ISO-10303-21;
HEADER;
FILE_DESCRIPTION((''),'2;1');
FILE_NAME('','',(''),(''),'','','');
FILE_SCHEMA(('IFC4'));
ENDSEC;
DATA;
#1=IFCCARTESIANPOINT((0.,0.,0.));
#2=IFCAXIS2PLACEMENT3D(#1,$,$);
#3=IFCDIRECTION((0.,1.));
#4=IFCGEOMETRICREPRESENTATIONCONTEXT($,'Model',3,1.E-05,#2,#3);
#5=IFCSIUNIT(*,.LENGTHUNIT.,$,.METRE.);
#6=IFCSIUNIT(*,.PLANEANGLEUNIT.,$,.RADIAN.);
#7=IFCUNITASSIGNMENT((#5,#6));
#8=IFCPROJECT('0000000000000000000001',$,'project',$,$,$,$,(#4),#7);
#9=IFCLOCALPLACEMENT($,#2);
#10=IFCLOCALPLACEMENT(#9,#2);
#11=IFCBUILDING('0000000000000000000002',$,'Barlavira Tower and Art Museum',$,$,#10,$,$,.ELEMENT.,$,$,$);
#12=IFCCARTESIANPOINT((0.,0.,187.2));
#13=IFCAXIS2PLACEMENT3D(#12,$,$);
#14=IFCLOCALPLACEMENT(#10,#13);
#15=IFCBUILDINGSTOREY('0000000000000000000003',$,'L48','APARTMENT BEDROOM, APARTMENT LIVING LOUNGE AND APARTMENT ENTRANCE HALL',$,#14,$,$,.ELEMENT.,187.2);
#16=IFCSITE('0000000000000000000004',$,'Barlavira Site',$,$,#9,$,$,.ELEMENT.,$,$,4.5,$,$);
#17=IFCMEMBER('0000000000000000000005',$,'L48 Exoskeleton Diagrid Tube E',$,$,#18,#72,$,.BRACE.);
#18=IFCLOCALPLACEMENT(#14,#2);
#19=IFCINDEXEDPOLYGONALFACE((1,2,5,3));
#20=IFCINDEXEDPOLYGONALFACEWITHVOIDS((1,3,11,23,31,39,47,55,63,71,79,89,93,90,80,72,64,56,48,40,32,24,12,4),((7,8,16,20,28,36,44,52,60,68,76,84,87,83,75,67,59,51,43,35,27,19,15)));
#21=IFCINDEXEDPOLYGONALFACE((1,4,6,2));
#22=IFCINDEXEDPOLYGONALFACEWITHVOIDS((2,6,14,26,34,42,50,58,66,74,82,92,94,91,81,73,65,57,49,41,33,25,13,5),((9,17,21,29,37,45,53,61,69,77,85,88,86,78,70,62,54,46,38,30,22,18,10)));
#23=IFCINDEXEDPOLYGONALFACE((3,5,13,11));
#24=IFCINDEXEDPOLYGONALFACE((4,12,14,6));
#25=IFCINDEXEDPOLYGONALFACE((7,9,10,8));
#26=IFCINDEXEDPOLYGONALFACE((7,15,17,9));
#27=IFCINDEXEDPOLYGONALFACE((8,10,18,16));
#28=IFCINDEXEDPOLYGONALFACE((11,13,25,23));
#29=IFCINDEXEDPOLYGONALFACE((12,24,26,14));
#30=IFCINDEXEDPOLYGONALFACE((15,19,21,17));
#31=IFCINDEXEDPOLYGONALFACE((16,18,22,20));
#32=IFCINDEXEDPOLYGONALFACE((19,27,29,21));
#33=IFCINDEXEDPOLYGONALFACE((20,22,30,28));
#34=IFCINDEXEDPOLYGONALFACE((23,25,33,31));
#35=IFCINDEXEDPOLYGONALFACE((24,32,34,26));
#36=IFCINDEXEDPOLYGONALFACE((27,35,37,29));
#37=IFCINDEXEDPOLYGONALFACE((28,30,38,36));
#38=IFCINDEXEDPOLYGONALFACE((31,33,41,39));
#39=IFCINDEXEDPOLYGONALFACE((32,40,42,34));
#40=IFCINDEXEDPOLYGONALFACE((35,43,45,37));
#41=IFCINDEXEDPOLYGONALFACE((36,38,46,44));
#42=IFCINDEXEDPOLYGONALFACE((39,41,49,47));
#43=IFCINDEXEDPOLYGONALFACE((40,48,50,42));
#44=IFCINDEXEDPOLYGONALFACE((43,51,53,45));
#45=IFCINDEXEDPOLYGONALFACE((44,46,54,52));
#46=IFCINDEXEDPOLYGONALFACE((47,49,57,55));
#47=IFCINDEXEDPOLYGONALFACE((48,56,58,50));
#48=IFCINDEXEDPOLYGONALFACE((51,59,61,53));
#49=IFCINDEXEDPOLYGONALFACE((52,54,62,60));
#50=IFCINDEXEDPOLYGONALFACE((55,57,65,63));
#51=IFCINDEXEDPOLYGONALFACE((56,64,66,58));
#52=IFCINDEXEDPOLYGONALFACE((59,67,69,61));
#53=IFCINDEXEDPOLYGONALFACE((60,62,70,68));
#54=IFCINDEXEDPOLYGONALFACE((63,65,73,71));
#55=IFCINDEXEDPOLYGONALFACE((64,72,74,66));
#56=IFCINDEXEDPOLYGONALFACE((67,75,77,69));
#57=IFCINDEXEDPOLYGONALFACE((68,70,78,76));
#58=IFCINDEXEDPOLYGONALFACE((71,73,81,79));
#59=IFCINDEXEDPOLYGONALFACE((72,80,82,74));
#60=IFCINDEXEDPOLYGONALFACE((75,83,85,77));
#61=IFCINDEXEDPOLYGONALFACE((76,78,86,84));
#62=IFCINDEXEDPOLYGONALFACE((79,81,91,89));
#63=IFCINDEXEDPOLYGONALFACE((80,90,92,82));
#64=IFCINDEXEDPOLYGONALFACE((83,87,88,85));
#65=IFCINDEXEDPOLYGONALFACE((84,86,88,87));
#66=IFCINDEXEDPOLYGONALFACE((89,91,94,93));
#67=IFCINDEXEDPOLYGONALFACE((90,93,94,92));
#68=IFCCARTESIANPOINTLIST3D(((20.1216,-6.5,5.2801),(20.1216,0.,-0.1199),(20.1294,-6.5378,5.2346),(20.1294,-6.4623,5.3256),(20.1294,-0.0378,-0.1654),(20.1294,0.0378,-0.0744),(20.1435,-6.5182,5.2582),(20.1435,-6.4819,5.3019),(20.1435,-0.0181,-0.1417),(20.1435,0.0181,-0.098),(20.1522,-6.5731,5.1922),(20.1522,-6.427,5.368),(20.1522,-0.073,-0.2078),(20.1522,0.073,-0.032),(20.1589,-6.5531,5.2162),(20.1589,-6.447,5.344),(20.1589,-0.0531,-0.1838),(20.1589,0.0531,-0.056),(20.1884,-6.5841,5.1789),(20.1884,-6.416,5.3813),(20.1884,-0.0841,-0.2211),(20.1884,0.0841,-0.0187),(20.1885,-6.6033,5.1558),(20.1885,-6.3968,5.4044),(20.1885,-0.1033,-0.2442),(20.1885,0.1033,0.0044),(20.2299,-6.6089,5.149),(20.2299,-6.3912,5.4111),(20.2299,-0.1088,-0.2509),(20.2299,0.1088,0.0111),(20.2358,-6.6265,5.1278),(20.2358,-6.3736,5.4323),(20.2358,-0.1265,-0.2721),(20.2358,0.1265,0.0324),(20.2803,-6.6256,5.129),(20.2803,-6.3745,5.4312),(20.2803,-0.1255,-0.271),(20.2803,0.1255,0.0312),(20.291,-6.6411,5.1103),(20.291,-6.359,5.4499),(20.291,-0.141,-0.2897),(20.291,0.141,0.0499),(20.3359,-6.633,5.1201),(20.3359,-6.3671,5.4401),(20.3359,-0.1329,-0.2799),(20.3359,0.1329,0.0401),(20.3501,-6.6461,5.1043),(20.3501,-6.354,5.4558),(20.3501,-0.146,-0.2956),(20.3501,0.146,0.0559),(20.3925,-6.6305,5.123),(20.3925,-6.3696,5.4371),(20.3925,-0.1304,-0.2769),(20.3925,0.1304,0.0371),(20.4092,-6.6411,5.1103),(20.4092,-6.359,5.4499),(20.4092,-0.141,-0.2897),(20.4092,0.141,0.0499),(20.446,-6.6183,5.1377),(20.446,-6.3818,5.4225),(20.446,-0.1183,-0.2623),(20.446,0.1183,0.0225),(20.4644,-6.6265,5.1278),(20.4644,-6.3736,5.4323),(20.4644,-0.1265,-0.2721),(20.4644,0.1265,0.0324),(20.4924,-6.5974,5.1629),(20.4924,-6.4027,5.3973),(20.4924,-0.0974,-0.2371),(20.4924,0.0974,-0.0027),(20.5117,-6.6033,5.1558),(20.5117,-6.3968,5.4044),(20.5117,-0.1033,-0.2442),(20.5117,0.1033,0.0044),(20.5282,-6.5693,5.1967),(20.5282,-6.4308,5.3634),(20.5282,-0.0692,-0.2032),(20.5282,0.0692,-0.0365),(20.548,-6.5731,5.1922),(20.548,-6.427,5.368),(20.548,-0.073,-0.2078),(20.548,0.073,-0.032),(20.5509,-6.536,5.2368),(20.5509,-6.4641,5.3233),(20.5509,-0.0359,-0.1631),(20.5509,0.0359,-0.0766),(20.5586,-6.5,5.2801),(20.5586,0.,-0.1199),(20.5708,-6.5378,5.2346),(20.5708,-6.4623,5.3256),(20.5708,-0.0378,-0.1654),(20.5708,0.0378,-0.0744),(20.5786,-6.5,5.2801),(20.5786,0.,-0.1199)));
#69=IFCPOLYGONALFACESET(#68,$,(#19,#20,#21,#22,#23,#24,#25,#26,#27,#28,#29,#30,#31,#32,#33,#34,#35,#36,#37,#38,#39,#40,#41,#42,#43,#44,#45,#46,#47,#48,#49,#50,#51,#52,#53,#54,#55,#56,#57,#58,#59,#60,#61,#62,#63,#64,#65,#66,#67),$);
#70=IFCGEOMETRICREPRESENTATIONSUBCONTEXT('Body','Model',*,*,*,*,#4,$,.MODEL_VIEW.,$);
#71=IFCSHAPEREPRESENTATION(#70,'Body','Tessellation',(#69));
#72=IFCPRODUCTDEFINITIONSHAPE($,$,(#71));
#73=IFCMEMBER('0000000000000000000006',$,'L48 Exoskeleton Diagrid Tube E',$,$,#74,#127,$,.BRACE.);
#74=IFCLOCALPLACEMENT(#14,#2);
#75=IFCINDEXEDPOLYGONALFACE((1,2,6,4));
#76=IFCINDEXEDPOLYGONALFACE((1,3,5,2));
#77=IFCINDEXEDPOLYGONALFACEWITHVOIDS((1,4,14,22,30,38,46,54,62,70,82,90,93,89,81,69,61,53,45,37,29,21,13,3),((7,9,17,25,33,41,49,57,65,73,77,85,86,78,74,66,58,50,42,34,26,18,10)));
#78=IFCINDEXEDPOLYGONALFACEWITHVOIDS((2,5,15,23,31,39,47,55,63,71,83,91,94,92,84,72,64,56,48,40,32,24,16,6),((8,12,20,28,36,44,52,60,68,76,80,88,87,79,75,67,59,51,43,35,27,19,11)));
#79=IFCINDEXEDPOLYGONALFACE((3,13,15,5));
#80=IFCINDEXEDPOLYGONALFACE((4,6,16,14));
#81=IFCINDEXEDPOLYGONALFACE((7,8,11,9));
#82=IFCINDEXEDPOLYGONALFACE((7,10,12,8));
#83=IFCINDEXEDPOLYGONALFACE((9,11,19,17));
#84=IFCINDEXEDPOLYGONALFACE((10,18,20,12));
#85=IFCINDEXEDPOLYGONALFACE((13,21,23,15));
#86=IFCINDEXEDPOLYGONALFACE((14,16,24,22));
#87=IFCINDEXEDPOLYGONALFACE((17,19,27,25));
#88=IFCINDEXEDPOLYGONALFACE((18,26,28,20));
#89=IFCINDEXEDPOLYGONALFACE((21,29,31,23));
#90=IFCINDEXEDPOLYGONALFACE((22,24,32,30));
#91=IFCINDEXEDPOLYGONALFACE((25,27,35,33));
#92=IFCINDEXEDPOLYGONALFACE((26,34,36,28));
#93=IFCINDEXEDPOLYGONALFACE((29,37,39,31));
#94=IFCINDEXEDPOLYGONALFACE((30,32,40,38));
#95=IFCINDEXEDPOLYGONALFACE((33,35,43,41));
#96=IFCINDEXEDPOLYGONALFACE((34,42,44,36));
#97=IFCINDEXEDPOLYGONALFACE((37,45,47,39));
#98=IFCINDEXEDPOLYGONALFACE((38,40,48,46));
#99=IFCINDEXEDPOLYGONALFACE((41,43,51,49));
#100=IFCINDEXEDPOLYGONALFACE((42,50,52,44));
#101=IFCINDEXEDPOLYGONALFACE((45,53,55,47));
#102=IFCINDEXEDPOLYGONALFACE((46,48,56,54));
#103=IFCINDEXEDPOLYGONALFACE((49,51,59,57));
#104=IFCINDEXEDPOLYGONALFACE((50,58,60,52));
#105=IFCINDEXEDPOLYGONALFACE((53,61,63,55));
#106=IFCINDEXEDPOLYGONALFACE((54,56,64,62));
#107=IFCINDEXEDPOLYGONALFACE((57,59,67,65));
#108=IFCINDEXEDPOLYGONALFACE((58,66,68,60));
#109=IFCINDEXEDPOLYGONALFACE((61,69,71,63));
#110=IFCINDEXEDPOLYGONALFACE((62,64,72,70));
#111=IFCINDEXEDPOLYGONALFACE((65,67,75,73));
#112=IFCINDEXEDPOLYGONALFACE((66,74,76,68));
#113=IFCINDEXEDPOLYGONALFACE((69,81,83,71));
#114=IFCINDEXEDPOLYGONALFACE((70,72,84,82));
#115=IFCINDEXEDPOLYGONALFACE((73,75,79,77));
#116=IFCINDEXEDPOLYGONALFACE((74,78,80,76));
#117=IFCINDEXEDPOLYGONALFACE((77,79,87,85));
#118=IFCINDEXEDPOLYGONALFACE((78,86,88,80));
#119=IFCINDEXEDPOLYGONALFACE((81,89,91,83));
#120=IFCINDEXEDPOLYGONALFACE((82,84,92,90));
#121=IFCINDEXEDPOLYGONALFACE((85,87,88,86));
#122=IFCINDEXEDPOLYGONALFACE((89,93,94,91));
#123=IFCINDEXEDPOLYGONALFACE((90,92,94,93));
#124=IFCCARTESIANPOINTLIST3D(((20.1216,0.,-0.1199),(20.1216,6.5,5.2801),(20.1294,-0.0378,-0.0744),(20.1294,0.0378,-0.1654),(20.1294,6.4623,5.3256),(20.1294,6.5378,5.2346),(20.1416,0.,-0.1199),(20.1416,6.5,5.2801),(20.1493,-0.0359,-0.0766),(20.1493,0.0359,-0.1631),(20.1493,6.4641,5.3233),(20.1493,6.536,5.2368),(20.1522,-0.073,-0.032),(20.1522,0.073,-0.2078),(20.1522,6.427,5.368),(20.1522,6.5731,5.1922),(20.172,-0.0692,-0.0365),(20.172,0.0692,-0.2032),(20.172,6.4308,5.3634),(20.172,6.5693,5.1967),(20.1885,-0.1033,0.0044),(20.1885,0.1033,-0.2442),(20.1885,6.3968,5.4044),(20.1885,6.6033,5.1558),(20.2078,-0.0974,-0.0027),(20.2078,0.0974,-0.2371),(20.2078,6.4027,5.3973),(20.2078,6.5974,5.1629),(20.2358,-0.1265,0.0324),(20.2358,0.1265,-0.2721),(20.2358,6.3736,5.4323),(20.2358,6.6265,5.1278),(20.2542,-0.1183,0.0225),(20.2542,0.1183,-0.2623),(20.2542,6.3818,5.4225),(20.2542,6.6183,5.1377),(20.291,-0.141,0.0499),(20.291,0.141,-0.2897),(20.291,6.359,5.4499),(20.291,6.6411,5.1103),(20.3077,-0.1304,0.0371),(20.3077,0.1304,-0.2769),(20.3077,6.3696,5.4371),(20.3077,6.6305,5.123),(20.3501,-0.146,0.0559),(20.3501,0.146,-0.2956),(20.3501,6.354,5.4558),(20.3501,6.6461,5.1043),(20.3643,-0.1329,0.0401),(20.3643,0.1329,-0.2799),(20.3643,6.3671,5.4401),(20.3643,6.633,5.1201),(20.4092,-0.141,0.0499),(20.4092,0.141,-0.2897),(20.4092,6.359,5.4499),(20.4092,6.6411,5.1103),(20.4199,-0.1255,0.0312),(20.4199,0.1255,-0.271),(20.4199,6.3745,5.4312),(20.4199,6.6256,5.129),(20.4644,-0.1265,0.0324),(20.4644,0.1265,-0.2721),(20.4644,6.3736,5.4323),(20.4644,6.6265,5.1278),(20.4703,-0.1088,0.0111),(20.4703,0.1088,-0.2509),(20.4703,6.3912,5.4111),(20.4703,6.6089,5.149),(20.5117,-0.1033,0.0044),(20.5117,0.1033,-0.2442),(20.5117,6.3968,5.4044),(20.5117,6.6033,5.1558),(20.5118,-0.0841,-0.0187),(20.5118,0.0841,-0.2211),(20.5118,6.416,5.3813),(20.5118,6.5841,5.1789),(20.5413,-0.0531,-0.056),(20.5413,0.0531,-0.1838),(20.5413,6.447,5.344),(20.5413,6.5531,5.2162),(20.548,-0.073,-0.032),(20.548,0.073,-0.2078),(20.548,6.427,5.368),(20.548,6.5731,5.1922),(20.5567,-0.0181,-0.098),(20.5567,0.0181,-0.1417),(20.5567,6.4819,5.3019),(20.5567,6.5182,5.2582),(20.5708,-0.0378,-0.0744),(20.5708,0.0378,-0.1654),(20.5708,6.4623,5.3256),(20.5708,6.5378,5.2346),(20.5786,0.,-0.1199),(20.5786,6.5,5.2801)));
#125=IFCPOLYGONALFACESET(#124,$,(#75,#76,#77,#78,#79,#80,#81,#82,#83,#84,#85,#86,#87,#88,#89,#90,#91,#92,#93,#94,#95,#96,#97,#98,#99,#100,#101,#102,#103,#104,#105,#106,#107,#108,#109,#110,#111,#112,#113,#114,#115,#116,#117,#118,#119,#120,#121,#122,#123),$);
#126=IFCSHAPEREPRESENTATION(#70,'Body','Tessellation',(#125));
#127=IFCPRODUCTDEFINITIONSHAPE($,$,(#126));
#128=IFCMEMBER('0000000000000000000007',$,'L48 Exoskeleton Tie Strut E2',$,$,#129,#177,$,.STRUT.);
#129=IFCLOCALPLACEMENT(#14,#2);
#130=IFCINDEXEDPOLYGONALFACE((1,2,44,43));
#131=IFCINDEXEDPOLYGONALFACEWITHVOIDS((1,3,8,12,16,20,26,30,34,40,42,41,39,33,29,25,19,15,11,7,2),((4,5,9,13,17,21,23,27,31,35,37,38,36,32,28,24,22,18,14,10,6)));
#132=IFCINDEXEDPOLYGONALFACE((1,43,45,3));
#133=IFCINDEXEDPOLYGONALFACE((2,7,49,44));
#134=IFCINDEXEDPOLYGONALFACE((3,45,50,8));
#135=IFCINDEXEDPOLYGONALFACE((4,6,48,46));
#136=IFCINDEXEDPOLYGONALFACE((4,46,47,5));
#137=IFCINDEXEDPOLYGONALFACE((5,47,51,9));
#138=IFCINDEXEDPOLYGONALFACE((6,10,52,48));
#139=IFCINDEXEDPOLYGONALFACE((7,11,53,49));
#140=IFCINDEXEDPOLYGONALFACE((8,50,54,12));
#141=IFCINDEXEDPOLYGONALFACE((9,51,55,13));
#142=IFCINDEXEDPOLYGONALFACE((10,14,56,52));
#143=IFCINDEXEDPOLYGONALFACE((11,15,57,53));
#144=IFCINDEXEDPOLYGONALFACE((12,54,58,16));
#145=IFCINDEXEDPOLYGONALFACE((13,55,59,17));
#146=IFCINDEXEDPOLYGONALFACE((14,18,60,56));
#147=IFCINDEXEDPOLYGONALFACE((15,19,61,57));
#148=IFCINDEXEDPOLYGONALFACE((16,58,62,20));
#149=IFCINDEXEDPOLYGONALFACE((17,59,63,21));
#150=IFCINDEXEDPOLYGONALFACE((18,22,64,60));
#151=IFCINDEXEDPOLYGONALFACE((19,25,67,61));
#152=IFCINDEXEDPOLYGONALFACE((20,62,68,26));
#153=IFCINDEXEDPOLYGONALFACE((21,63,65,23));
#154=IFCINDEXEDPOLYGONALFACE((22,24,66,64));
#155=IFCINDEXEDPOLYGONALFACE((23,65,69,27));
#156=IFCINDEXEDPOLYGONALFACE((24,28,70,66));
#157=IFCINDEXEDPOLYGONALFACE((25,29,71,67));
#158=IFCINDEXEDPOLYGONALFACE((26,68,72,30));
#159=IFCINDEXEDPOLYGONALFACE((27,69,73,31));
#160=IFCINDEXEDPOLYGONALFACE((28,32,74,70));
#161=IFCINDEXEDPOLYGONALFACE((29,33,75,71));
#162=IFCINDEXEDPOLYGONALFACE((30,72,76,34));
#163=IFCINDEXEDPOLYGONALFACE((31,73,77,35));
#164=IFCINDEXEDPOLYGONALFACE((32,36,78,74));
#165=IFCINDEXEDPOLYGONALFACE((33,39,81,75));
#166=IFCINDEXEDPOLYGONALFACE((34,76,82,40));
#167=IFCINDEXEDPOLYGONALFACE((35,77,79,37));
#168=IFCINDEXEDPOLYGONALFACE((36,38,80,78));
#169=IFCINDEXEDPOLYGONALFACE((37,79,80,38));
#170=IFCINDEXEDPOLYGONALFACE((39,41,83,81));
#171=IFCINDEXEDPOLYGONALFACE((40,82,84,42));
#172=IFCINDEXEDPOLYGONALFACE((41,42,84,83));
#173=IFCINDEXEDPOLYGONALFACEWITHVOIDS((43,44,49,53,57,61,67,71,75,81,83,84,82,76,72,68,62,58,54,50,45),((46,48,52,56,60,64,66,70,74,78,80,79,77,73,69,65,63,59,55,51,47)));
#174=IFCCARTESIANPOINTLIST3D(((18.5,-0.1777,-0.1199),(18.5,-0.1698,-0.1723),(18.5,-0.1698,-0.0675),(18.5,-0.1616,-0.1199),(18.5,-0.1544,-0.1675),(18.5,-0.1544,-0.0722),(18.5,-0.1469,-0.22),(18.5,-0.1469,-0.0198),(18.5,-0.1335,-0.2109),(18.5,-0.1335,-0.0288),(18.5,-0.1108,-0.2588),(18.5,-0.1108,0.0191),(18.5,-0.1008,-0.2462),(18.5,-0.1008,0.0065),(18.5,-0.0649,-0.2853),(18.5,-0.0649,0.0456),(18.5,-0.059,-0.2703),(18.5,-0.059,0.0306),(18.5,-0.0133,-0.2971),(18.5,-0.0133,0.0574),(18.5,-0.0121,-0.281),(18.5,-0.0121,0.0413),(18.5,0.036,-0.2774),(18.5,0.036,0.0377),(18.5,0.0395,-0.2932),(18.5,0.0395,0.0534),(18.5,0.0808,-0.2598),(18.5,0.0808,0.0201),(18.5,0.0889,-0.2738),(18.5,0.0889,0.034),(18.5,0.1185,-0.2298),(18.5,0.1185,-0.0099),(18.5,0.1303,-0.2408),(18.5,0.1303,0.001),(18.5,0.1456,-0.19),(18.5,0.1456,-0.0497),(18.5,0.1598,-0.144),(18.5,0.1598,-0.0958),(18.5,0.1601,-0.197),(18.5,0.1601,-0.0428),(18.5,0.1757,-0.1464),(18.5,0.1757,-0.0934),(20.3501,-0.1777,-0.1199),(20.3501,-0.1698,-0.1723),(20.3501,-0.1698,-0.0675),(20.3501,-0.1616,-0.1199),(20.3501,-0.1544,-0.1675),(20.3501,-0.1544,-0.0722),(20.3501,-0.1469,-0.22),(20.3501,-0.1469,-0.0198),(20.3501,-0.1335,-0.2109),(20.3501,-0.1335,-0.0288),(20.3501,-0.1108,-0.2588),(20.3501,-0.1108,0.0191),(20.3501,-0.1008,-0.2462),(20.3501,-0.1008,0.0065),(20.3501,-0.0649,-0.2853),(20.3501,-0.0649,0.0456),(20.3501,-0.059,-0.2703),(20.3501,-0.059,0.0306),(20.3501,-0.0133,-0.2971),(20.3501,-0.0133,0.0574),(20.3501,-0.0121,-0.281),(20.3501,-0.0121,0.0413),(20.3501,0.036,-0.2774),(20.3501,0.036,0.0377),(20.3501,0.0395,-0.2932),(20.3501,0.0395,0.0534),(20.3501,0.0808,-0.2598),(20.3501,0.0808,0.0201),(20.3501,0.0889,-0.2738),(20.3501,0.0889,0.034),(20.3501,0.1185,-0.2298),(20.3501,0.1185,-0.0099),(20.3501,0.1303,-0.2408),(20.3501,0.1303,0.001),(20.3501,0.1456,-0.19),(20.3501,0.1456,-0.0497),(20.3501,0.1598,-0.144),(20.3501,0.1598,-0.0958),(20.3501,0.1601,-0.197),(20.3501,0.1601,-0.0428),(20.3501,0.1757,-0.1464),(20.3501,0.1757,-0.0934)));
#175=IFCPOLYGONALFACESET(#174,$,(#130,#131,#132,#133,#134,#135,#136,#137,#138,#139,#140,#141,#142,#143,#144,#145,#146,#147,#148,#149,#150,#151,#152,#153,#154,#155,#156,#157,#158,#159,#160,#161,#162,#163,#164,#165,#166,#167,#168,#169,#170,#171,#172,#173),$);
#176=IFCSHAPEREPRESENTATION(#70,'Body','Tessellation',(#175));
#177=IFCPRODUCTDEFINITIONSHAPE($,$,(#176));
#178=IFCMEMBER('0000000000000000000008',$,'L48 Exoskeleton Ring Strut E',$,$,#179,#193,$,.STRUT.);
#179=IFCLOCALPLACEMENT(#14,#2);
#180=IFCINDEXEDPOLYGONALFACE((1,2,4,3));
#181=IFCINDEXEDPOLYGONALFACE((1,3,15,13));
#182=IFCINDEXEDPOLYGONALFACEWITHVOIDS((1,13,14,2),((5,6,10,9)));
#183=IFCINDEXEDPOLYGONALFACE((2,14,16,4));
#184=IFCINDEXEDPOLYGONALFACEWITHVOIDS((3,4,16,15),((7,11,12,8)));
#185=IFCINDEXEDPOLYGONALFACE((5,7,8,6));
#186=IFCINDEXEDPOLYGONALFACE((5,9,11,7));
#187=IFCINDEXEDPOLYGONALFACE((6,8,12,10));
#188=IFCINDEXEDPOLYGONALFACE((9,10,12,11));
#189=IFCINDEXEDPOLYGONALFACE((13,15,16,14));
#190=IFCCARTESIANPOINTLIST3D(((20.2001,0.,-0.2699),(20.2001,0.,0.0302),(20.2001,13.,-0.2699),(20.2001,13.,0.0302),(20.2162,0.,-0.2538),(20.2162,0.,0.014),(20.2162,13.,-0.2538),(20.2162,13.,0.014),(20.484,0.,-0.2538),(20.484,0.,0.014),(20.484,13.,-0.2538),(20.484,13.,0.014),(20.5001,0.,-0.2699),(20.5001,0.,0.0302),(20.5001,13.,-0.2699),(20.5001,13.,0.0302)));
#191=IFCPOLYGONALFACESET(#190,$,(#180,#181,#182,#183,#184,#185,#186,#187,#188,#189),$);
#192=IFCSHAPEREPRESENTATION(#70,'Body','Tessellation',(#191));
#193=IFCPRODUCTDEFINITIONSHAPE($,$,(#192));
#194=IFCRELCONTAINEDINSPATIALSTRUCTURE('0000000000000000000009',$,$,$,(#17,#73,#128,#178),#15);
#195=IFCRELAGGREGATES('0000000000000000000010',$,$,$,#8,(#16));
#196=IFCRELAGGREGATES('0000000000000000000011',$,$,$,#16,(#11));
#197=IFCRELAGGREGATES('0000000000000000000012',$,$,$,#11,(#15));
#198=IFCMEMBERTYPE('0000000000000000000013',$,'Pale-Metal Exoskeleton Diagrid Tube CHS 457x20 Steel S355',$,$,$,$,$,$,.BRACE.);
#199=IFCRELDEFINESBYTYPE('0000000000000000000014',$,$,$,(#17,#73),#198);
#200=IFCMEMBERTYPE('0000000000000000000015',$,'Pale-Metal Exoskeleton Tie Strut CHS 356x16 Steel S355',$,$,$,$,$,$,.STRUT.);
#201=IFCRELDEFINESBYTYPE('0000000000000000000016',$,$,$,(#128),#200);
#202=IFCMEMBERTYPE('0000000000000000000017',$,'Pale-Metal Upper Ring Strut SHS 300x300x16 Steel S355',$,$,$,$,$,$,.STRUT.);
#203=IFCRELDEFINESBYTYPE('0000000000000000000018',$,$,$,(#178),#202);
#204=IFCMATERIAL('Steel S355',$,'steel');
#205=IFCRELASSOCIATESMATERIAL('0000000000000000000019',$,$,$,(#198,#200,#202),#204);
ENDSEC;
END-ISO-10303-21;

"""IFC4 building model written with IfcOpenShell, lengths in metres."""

from ifc_helpers import new_model, si_unit, direction, frame, origin, origin_2d, place, context, subcontext, project, spatial, hollow_rectangle, hollow_circle, extrude, material, material_profile, profile_set, type_object, element, save


model = new_model("IFC4")

# Units and contexts
model_context = context("Model", 3, precision=1e-05, world=origin(), true_north=direction((0.0, 1.0)))
body_context = subcontext(model_context, "Body", "Model", "MODEL_VIEW")
ifc_project = project(units=[si_unit("LENGTHUNIT", "METRE"), si_unit("PLANEANGLEUNIT", "RADIAN")], contexts=[model_context])

# Site, building, storey
site_placement = place(None, origin())
site = spatial("IfcSite", under=ifc_project, at=site_placement, Name="Barlavira Site", CompositionType="ELEMENT", RefElevation=4.5)
building_placement = place(site_placement, origin())
building = spatial("IfcBuilding", under=site, at=building_placement, Name="Barlavira Tower and Art Museum", CompositionType="ELEMENT")
storey_placement = place(building_placement, frame((0.0, 0.0, 187.2)))
storey = spatial("IfcBuildingStorey", under=building, at=storey_placement, Name="L48", Description="APARTMENT BEDROOM, APARTMENT LIVING LOUNGE AND APARTMENT ENTRANCE HALL", CompositionType="ELEMENT", Elevation=187.2)

# Members
ifc_material_1 = material(Name="Steel S355", Category="steel")
ifc_material_profile_1 = material_profile(ifc_material_1, hollow_circle(Radius=0.2285, WallThickness=0.02, at=origin_2d()), Name="CHS 457.0x20.0")
ifc_profile_set_1 = profile_set([ifc_material_profile_1], Name="Steel S355")
member_type_1 = type_object("IfcMemberType", Name="Pale-Metal Exoskeleton Diagrid Tube CHS 457x20 Steel S355", PredefinedType="BRACE", material=ifc_profile_set_1)
for number, where, z_axis, x_axis, name in (
    (1, (20.3501, 0.0, -0.1199), (0.0, -0.769196, 0.639013), (1.0, 0.0, 0.0), "L48 Exoskeleton Diagrid Tube E"),
    (2, (20.3501, 0.0, -0.1199), (0.0, 0.769196, 0.639013), (-1.0, 0.0, 0.0), "L48 Exoskeleton Diagrid Tube E"),
):
    element("IfcMember", number, at=place(storey_placement, frame(where, z_axis=z_axis, x_axis=x_axis)), inside=storey, type_object=member_type_1, Name=name, PredefinedType="BRACE", context=body_context, shape_type="SweptSolid", body=[
        extrude(hollow_circle(Radius=0.2285, WallThickness=0.02, at=origin_2d()), origin(), (0.0, 0.0, 1.0), 8.4504),
    ])
ifc_material_profile_2 = material_profile(ifc_material_1, hollow_circle(Radius=0.1777, WallThickness=0.0161, at=origin_2d()), Name="CHS 355.6x16.0")
ifc_profile_set_2 = profile_set([ifc_material_profile_2], Name="Steel S355")
member_type_2 = type_object("IfcMemberType", Name="Pale-Metal Exoskeleton Tie Strut CHS 356x16 Steel S355", PredefinedType="STRUT", material=ifc_profile_set_2)
member_1_placement = place(storey_placement, frame((20.3501, 0.0, -0.1199), z_axis=(-1.0, 0.0, 0.0), x_axis=(0.0, -1.0, 0.0)))
element("IfcMember", 3, at=member_1_placement, inside=storey, type_object=member_type_2, Name="L48 Exoskeleton Tie Strut E2", PredefinedType="STRUT", context=body_context, shape_type="SweptSolid", body=[
    extrude(hollow_circle(Radius=0.1777, WallThickness=0.0161, at=origin_2d()), origin(), (0.0, 0.0, 1.0), 1.8501),
])
ifc_material_profile_3 = material_profile(ifc_material_1, hollow_rectangle(XDim=0.3, YDim=0.3, WallThickness=0.0161, at=origin_2d()), Name="SHS 300x300x16.0")
ifc_profile_set_3 = profile_set([ifc_material_profile_3], Name="Steel S355")
member_type_3 = type_object("IfcMemberType", Name="Pale-Metal Upper Ring Strut SHS 300x300x16 Steel S355", PredefinedType="STRUT", material=ifc_profile_set_3)
member_2_placement = place(storey_placement, frame((20.3501, 0.0, -0.1199), z_axis=(0.0, 1.0, 0.0), x_axis=(-1.0, 0.0, 0.0)))
element("IfcMember", 4, at=member_2_placement, inside=storey, type_object=member_type_3, Name="L48 Exoskeleton Ring Strut E", PredefinedType="STRUT", context=body_context, shape_type="SweptSolid", body=[
    extrude(hollow_rectangle(XDim=0.3, YDim=0.3, WallThickness=0.0161, at=origin_2d()), origin(), (0.0, 0.0, 1.0), 13.0),
])

save(model, "model.ifc")
